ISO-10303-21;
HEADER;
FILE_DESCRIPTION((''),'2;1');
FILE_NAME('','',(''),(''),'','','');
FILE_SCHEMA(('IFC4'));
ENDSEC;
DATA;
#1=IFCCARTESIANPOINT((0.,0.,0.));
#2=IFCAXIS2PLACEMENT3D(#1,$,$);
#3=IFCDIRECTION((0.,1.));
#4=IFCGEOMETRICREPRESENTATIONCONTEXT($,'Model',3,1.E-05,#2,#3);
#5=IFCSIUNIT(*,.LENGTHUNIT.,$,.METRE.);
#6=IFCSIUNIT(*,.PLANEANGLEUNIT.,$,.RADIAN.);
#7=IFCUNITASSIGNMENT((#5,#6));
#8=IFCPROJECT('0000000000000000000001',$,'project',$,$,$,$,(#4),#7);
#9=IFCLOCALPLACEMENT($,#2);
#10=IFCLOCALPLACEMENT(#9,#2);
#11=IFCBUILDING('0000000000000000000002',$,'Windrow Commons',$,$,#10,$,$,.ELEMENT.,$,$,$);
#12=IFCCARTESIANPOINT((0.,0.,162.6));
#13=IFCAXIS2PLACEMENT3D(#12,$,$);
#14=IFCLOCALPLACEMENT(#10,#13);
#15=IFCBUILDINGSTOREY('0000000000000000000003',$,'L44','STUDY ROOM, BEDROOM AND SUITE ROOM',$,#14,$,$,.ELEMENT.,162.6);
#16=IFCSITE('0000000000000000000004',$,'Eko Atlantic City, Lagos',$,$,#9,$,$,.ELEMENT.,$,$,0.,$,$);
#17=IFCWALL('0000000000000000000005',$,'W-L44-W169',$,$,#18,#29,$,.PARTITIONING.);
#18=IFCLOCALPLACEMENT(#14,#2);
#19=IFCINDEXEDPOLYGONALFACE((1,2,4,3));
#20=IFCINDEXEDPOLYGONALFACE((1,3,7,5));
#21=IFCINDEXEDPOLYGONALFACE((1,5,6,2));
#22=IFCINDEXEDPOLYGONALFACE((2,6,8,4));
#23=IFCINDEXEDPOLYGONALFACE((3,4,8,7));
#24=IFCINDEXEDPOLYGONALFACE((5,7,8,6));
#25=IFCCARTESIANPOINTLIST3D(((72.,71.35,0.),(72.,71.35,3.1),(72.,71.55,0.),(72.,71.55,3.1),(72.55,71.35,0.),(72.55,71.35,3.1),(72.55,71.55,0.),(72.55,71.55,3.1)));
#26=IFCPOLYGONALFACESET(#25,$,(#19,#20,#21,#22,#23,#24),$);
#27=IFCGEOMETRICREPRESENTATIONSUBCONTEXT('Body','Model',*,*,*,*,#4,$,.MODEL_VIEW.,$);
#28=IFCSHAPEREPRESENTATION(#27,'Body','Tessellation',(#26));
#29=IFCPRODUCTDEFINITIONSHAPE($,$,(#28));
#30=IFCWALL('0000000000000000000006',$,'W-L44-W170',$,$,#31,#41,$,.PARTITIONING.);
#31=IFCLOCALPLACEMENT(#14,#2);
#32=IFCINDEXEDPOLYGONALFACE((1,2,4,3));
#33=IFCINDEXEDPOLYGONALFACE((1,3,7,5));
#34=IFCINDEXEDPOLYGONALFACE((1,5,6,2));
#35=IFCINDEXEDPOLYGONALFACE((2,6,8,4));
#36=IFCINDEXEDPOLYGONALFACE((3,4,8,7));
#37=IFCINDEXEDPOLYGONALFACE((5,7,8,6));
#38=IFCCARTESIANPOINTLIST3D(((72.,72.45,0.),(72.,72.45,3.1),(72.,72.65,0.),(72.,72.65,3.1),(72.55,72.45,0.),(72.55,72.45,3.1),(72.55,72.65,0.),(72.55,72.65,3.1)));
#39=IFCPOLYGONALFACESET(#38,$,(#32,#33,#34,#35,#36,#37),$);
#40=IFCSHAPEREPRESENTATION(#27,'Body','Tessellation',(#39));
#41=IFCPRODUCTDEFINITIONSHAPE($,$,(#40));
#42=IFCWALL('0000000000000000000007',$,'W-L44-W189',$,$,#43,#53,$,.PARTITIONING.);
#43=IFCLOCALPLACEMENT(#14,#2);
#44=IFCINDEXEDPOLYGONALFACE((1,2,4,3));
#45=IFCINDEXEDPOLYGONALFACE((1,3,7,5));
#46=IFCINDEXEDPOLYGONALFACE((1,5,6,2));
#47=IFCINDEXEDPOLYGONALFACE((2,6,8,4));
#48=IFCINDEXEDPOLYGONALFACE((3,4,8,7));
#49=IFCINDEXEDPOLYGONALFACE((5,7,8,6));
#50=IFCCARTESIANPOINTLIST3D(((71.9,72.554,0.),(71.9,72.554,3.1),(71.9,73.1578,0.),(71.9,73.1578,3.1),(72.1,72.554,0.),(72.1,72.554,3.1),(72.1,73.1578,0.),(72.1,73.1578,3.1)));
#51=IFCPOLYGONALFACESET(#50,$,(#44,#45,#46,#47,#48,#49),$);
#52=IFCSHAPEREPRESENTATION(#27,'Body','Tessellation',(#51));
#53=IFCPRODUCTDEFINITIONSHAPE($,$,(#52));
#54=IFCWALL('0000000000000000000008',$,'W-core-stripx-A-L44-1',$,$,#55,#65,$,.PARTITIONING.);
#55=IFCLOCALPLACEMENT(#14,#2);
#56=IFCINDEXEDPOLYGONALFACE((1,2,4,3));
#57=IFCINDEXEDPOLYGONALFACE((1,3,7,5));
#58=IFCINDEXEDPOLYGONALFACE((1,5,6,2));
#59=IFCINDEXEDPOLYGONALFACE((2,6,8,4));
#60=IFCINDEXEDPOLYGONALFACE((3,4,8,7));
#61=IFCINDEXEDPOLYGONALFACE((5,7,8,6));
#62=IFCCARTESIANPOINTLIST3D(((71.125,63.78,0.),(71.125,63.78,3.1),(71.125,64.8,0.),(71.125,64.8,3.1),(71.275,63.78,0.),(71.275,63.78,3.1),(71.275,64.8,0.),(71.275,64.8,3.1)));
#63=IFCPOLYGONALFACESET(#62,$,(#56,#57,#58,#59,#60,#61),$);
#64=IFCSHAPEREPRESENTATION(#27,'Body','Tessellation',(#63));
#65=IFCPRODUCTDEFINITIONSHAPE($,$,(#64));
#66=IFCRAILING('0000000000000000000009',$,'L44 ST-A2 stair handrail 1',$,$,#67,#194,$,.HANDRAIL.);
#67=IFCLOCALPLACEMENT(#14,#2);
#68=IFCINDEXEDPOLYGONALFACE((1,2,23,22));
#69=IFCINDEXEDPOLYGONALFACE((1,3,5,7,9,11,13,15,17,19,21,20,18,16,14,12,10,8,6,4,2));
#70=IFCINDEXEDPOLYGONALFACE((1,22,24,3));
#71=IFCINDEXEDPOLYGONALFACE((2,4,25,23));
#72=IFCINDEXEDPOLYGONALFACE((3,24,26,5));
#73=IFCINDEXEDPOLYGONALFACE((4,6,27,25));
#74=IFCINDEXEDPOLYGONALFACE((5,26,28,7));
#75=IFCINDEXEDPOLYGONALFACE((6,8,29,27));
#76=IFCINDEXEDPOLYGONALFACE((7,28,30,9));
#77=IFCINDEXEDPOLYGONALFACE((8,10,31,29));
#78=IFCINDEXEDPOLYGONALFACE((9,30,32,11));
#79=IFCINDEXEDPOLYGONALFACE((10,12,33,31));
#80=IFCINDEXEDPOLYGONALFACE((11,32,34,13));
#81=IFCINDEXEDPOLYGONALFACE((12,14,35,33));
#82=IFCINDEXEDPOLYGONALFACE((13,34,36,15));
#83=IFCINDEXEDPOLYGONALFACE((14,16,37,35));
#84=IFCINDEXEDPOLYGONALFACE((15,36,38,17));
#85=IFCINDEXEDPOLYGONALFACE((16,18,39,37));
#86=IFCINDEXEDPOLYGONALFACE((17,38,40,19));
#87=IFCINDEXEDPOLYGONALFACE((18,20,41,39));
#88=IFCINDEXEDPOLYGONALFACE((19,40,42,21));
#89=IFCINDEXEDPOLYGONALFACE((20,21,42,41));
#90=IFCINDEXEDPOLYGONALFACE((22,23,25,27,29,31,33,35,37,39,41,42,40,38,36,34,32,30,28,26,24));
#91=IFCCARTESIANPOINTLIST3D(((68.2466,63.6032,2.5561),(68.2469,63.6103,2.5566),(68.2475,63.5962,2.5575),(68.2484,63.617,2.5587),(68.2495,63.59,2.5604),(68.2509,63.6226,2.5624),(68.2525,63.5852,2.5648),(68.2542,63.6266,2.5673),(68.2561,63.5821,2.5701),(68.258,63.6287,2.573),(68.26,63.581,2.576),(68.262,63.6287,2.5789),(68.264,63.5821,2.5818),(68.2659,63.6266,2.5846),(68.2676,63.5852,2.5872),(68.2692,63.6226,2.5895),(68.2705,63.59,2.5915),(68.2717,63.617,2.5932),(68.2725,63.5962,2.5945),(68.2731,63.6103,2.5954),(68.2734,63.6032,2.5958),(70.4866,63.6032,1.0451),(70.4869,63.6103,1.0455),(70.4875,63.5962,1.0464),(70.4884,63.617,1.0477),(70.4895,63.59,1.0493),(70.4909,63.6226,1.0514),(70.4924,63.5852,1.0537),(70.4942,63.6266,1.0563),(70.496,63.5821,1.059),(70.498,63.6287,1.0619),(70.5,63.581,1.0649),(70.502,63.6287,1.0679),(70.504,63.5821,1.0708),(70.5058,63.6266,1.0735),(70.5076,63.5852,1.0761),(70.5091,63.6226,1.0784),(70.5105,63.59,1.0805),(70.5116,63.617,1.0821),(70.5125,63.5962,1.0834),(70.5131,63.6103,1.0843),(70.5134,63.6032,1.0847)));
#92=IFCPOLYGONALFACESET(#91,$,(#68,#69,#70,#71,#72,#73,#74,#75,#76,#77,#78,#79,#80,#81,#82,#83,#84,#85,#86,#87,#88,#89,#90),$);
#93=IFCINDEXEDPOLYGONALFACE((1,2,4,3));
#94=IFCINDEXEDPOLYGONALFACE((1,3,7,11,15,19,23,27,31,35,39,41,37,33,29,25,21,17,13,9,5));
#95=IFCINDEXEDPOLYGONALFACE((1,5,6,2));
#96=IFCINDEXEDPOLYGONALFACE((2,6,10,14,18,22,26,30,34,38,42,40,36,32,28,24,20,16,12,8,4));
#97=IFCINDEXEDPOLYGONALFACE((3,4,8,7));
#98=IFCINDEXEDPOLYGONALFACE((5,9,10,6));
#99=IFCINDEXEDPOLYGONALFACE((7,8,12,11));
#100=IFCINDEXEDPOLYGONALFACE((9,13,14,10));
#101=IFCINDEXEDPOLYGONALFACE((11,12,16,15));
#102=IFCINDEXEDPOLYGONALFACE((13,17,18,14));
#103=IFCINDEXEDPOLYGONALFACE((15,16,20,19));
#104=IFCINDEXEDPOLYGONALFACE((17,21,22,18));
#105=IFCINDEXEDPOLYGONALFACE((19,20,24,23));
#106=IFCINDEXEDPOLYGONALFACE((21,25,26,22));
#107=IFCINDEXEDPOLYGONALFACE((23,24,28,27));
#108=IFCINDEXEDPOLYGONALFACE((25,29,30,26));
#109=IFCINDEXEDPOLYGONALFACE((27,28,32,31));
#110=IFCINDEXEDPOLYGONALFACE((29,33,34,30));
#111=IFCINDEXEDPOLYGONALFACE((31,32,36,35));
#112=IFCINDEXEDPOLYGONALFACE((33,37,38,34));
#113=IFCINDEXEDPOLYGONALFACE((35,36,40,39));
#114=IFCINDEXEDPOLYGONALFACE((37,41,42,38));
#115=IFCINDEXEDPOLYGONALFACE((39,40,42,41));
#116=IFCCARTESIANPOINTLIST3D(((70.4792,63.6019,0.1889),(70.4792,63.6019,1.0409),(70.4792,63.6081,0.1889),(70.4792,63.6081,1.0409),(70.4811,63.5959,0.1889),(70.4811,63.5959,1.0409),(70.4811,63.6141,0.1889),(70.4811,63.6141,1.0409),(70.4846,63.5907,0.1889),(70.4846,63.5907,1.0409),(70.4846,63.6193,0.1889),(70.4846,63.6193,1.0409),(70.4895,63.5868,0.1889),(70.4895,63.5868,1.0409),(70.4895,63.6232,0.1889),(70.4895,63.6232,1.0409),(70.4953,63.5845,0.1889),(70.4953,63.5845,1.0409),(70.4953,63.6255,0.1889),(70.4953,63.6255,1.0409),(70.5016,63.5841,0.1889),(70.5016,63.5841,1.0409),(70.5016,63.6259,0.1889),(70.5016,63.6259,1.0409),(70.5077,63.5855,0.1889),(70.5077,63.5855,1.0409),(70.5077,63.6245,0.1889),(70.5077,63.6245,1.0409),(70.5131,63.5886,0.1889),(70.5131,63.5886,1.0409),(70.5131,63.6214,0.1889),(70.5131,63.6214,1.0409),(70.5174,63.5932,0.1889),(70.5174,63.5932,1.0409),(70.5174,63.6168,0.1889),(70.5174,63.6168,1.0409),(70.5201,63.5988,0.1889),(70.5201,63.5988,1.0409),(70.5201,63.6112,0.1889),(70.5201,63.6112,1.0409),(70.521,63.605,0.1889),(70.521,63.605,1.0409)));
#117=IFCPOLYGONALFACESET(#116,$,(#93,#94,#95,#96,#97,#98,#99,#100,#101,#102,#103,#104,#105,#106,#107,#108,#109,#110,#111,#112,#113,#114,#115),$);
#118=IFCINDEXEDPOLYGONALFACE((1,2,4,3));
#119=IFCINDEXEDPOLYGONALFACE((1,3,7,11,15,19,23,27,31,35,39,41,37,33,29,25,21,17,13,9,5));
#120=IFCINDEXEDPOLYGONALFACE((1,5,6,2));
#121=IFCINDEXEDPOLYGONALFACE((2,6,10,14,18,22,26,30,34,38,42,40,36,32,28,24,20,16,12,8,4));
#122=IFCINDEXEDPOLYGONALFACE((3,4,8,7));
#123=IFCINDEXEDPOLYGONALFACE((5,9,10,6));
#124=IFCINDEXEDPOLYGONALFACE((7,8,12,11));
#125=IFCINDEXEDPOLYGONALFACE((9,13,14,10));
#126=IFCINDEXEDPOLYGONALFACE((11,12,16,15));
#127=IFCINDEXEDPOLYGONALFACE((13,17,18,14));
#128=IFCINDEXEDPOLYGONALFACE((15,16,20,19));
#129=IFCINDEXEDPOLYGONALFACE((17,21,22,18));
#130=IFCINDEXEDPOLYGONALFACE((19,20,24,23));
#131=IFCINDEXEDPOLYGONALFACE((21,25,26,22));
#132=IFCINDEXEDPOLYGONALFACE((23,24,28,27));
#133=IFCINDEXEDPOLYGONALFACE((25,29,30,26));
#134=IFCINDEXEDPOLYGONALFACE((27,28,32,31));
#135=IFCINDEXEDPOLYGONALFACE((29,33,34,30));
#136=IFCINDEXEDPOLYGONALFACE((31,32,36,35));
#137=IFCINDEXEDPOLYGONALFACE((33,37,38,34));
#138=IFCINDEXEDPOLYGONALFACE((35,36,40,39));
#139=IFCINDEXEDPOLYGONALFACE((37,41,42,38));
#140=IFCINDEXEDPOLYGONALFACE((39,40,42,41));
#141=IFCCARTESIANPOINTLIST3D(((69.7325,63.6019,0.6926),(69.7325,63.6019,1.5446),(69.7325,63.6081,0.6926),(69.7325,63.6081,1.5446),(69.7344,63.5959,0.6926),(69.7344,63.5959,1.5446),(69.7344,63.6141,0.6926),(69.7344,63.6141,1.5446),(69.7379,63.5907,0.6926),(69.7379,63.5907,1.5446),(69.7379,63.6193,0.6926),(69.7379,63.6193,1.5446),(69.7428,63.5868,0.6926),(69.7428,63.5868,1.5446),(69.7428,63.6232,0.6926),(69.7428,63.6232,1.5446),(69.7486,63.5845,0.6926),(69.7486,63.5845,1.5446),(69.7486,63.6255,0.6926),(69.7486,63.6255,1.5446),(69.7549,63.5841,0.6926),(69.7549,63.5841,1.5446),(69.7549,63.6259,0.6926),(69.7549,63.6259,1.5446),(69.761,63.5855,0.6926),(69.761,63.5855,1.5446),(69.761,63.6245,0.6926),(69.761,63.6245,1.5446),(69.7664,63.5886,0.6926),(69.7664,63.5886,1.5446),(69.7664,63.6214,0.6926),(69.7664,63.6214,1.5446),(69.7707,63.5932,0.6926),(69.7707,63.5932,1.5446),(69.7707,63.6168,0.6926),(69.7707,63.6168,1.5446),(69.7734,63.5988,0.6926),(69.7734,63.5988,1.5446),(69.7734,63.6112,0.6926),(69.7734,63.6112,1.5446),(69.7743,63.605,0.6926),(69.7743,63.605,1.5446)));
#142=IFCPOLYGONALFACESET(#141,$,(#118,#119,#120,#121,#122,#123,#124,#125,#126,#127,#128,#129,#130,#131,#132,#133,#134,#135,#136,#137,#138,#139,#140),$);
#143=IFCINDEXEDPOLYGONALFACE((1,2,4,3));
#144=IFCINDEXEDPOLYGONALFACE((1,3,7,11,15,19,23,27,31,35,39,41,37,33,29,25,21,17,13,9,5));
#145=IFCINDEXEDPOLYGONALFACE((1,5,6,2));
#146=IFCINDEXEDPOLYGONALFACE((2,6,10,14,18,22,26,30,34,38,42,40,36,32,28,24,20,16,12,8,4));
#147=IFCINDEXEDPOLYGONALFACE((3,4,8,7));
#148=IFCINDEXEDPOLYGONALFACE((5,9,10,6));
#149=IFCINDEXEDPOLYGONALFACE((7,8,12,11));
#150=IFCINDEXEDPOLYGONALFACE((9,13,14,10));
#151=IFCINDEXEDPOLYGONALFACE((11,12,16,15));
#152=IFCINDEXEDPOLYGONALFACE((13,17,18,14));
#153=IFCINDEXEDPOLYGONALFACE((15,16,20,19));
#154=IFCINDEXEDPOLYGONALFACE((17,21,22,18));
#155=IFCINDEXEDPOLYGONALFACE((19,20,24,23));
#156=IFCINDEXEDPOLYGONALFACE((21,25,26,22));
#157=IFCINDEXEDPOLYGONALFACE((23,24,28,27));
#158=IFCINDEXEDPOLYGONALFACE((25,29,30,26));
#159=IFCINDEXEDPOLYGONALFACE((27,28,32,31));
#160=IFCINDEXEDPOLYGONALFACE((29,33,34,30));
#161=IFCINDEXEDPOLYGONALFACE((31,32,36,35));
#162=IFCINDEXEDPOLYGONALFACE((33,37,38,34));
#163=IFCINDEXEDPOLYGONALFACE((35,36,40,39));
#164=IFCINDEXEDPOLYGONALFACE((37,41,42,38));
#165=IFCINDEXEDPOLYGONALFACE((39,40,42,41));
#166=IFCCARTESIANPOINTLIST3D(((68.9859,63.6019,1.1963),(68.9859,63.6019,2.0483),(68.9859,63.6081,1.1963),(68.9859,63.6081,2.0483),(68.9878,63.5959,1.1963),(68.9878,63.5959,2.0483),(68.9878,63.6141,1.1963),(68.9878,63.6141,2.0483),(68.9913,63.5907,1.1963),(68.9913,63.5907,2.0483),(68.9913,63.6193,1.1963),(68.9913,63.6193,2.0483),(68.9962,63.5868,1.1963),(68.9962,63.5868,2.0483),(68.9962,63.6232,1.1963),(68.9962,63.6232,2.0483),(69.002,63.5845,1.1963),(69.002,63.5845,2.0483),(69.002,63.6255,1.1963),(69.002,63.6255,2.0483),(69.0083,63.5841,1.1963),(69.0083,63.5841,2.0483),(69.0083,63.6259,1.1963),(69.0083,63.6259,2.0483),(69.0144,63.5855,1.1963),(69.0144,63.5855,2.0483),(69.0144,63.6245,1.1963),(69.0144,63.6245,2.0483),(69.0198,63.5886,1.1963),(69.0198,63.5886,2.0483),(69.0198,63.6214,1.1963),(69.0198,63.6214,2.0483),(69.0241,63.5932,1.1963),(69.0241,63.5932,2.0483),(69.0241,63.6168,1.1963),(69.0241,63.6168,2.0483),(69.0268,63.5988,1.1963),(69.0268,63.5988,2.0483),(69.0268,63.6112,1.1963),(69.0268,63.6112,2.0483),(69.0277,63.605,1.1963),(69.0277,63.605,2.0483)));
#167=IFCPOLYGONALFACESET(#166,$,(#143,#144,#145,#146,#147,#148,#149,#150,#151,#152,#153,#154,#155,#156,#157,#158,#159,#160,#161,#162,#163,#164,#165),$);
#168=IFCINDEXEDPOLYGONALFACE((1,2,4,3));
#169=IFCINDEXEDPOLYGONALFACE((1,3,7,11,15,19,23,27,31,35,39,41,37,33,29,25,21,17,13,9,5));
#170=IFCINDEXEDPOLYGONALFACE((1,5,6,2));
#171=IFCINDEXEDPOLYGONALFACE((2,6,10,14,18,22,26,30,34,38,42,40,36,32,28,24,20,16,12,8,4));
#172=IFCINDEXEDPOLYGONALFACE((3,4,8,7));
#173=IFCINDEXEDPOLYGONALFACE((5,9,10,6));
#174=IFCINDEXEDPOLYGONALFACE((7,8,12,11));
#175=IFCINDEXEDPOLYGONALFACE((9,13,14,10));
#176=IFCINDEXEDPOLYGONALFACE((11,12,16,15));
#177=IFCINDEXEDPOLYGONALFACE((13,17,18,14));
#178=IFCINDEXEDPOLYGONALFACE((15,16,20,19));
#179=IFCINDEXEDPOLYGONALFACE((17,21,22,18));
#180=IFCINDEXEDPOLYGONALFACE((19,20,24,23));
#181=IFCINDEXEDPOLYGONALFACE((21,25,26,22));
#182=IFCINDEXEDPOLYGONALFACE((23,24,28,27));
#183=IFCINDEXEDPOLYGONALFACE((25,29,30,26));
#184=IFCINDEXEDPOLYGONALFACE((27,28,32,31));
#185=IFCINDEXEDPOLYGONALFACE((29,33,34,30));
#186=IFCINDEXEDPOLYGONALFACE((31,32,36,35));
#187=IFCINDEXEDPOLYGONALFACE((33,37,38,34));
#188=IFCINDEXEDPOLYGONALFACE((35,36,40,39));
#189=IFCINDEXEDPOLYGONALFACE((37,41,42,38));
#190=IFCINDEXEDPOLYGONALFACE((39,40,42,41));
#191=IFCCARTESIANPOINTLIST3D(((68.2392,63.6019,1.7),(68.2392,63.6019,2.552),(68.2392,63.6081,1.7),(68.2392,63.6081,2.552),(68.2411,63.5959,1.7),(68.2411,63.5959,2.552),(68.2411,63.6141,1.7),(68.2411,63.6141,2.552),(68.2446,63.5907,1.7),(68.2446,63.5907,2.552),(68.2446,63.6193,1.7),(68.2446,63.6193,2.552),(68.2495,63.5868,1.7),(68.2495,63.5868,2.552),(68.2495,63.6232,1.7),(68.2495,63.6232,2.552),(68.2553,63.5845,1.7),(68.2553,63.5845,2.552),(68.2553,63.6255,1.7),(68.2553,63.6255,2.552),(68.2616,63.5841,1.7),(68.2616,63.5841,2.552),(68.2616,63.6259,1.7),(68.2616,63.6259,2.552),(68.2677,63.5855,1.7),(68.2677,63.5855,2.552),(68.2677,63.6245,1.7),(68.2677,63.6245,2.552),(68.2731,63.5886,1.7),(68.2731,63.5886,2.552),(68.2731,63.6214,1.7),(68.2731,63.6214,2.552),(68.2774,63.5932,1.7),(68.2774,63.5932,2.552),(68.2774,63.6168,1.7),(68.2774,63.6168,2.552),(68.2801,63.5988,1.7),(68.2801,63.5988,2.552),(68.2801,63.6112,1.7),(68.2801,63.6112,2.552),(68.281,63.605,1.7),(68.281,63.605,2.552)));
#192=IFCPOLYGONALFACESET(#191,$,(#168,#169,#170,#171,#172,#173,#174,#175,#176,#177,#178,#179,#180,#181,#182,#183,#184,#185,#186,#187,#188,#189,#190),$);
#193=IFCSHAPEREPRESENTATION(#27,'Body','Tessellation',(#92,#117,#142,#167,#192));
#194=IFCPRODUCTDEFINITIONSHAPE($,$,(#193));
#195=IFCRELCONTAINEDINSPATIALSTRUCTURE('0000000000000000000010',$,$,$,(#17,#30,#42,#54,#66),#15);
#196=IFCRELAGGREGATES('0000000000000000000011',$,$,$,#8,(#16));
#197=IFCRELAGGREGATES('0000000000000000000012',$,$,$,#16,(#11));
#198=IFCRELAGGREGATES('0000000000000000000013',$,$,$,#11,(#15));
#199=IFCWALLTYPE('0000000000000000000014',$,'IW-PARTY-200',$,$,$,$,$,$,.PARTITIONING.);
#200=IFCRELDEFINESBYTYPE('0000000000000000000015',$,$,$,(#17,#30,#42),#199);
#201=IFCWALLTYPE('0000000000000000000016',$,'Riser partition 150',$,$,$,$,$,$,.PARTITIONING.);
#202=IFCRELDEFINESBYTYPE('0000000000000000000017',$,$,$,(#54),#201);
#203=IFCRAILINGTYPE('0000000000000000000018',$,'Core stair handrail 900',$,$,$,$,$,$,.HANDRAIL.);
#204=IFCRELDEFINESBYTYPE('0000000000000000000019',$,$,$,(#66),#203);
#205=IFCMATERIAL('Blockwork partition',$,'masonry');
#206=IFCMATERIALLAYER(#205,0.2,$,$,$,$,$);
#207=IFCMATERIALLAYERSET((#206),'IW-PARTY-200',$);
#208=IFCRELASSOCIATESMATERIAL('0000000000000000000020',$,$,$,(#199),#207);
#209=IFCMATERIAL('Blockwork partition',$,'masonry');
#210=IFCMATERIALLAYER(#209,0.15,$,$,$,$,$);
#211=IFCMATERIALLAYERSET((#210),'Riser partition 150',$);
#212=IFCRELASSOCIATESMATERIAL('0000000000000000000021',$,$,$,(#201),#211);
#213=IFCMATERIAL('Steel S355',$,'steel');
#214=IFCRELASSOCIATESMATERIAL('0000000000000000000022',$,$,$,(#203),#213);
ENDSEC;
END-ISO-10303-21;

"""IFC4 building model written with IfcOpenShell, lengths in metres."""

from ifc_helpers import new_model, si_unit, direction, frame, frame_2d, origin, origin_2d, place, context, subcontext, project, spatial, rectangle, circle, extrude, material, layer, layer_set, type_object, element, save


model = new_model("IFC4")

# Units and contexts
model_context = context("Model", 3, precision=1e-05, world=origin(), true_north=direction((0.0, 1.0)))
body_context = subcontext(model_context, "Body", "Model", "MODEL_VIEW")
ifc_project = project(units=[si_unit("LENGTHUNIT", "METRE"), si_unit("PLANEANGLEUNIT", "RADIAN")], contexts=[model_context])

# Site, building, storey
site_placement = place(None, origin())
site = spatial("IfcSite", under=ifc_project, at=site_placement, Name="Eko Atlantic City, Lagos", CompositionType="ELEMENT", RefElevation=0.0)
building_placement = place(site_placement, origin())
building = spatial("IfcBuilding", under=site, at=building_placement, Name="Windrow Commons", CompositionType="ELEMENT")
storey_placement = place(building_placement, frame((0.0, 0.0, 162.6)))
storey = spatial("IfcBuildingStorey", under=building, at=storey_placement, Name="L44", Description="STUDY ROOM, BEDROOM AND SUITE ROOM", CompositionType="ELEMENT", Elevation=162.6)

# Walls
ifc_material_1 = material(Name="Blockwork partition", Category="masonry")
ifc_layer_1 = layer(ifc_material_1, 0.2)
ifc_layer_set_1 = layer_set([ifc_layer_1], Name="IW-PARTY-200")
wall_type_1 = type_object("IfcWallType", Name="IW-PARTY-200", PredefinedType="PARTITIONING", material=ifc_layer_set_1)
for number, where, z_axis, x_axis, name in (
    (1, (72.0, 71.45, 0.0), (0.0, 0.0, 1.0), (1.0, 0.0, 0.0), "W-L44-W169"),
    (2, (72.0, 72.55, 0.0), (0.0, 0.0, 1.0), (1.0, 0.0, 0.0), "W-L44-W170"),
):
    element("IfcWall", number, at=place(storey_placement, frame(where, z_axis=z_axis, x_axis=x_axis)), inside=storey, type_object=wall_type_1, Name=name, PredefinedType="PARTITIONING", context=body_context, shape_type="SweptSolid", body=[
        extrude(rectangle(XDim=0.55, YDim=0.2, at=frame_2d((0.275, 0.0))), origin(), (0.0, 0.0, 1.0), 3.1),
    ])
wall_1_placement = place(storey_placement, frame((72.0, 72.554, 0.0), z_axis=(0.0, 0.0, 1.0), x_axis=(0.0, 1.0, 0.0)))
element("IfcWall", 3, at=wall_1_placement, inside=storey, type_object=wall_type_1, Name="W-L44-W189", PredefinedType="PARTITIONING", context=body_context, shape_type="SweptSolid", body=[
    extrude(rectangle(XDim=0.6038, YDim=0.2, at=frame_2d((0.3019, 0.0))), origin(), (0.0, 0.0, 1.0), 3.1),
])
ifc_material_2 = material(Name="Blockwork partition", Category="masonry")
ifc_layer_2 = layer(ifc_material_2, 0.15)
ifc_layer_set_2 = layer_set([ifc_layer_2], Name="Riser partition 150")
wall_type_2 = type_object("IfcWallType", Name="Riser partition 150", PredefinedType="PARTITIONING", material=ifc_layer_set_2)
wall_2_placement = place(storey_placement, frame((71.2, 63.78, 0.0), z_axis=(0.0, 0.0, 1.0), x_axis=(0.0, 1.0, 0.0)))
element("IfcWall", 4, at=wall_2_placement, inside=storey, type_object=wall_type_2, Name="W-core-stripx-A-L44-1", PredefinedType="PARTITIONING", context=body_context, shape_type="SweptSolid", body=[
    extrude(rectangle(XDim=1.02, YDim=0.15, at=frame_2d((0.51, 0.0))), origin(), (0.0, 0.0, 1.0), 3.1),
])

# Railing
ifc_material_3 = material(Name="Steel S355", Category="steel")
railing_type = type_object("IfcRailingType", Name="Core stair handrail 900", PredefinedType="HANDRAIL", material=ifc_material_3)
railing_placement = place(storey_placement, frame((70.5, 63.605, 0.1889)))
element("IfcRailing", 5, at=railing_placement, inside=storey, type_object=railing_type, Name="L44 ST-A2 stair handrail 1", PredefinedType="HANDRAIL", context=body_context, shape_type="SweptSolid", body=[
    extrude(circle(Radius=0.024, at=origin_2d()), frame((0.0, 0.0, 0.876), z_axis=(-0.829003, 0.0, 0.559244), x_axis=(0.0, -1.0, 0.0)), (0.0, 0.0, 1.0), 2.702),
    extrude(circle(Radius=0.021, at=origin_2d()), origin(), (0.0, 0.0, 1.0), 0.852),
    extrude(circle(Radius=0.021, at=origin_2d()), frame((-0.7467, 0.0, 0.5037)), (0.0, 0.0, 1.0), 0.852),
    extrude(circle(Radius=0.021, at=origin_2d()), frame((-1.4933, 0.0, 1.0074)), (0.0, 0.0, 1.0), 0.852),
    extrude(circle(Radius=0.021, at=origin_2d()), frame((-2.24, 0.0, 1.5111)), (0.0, 0.0, 1.0), 0.852),
])

save(model, "model.ifc")
